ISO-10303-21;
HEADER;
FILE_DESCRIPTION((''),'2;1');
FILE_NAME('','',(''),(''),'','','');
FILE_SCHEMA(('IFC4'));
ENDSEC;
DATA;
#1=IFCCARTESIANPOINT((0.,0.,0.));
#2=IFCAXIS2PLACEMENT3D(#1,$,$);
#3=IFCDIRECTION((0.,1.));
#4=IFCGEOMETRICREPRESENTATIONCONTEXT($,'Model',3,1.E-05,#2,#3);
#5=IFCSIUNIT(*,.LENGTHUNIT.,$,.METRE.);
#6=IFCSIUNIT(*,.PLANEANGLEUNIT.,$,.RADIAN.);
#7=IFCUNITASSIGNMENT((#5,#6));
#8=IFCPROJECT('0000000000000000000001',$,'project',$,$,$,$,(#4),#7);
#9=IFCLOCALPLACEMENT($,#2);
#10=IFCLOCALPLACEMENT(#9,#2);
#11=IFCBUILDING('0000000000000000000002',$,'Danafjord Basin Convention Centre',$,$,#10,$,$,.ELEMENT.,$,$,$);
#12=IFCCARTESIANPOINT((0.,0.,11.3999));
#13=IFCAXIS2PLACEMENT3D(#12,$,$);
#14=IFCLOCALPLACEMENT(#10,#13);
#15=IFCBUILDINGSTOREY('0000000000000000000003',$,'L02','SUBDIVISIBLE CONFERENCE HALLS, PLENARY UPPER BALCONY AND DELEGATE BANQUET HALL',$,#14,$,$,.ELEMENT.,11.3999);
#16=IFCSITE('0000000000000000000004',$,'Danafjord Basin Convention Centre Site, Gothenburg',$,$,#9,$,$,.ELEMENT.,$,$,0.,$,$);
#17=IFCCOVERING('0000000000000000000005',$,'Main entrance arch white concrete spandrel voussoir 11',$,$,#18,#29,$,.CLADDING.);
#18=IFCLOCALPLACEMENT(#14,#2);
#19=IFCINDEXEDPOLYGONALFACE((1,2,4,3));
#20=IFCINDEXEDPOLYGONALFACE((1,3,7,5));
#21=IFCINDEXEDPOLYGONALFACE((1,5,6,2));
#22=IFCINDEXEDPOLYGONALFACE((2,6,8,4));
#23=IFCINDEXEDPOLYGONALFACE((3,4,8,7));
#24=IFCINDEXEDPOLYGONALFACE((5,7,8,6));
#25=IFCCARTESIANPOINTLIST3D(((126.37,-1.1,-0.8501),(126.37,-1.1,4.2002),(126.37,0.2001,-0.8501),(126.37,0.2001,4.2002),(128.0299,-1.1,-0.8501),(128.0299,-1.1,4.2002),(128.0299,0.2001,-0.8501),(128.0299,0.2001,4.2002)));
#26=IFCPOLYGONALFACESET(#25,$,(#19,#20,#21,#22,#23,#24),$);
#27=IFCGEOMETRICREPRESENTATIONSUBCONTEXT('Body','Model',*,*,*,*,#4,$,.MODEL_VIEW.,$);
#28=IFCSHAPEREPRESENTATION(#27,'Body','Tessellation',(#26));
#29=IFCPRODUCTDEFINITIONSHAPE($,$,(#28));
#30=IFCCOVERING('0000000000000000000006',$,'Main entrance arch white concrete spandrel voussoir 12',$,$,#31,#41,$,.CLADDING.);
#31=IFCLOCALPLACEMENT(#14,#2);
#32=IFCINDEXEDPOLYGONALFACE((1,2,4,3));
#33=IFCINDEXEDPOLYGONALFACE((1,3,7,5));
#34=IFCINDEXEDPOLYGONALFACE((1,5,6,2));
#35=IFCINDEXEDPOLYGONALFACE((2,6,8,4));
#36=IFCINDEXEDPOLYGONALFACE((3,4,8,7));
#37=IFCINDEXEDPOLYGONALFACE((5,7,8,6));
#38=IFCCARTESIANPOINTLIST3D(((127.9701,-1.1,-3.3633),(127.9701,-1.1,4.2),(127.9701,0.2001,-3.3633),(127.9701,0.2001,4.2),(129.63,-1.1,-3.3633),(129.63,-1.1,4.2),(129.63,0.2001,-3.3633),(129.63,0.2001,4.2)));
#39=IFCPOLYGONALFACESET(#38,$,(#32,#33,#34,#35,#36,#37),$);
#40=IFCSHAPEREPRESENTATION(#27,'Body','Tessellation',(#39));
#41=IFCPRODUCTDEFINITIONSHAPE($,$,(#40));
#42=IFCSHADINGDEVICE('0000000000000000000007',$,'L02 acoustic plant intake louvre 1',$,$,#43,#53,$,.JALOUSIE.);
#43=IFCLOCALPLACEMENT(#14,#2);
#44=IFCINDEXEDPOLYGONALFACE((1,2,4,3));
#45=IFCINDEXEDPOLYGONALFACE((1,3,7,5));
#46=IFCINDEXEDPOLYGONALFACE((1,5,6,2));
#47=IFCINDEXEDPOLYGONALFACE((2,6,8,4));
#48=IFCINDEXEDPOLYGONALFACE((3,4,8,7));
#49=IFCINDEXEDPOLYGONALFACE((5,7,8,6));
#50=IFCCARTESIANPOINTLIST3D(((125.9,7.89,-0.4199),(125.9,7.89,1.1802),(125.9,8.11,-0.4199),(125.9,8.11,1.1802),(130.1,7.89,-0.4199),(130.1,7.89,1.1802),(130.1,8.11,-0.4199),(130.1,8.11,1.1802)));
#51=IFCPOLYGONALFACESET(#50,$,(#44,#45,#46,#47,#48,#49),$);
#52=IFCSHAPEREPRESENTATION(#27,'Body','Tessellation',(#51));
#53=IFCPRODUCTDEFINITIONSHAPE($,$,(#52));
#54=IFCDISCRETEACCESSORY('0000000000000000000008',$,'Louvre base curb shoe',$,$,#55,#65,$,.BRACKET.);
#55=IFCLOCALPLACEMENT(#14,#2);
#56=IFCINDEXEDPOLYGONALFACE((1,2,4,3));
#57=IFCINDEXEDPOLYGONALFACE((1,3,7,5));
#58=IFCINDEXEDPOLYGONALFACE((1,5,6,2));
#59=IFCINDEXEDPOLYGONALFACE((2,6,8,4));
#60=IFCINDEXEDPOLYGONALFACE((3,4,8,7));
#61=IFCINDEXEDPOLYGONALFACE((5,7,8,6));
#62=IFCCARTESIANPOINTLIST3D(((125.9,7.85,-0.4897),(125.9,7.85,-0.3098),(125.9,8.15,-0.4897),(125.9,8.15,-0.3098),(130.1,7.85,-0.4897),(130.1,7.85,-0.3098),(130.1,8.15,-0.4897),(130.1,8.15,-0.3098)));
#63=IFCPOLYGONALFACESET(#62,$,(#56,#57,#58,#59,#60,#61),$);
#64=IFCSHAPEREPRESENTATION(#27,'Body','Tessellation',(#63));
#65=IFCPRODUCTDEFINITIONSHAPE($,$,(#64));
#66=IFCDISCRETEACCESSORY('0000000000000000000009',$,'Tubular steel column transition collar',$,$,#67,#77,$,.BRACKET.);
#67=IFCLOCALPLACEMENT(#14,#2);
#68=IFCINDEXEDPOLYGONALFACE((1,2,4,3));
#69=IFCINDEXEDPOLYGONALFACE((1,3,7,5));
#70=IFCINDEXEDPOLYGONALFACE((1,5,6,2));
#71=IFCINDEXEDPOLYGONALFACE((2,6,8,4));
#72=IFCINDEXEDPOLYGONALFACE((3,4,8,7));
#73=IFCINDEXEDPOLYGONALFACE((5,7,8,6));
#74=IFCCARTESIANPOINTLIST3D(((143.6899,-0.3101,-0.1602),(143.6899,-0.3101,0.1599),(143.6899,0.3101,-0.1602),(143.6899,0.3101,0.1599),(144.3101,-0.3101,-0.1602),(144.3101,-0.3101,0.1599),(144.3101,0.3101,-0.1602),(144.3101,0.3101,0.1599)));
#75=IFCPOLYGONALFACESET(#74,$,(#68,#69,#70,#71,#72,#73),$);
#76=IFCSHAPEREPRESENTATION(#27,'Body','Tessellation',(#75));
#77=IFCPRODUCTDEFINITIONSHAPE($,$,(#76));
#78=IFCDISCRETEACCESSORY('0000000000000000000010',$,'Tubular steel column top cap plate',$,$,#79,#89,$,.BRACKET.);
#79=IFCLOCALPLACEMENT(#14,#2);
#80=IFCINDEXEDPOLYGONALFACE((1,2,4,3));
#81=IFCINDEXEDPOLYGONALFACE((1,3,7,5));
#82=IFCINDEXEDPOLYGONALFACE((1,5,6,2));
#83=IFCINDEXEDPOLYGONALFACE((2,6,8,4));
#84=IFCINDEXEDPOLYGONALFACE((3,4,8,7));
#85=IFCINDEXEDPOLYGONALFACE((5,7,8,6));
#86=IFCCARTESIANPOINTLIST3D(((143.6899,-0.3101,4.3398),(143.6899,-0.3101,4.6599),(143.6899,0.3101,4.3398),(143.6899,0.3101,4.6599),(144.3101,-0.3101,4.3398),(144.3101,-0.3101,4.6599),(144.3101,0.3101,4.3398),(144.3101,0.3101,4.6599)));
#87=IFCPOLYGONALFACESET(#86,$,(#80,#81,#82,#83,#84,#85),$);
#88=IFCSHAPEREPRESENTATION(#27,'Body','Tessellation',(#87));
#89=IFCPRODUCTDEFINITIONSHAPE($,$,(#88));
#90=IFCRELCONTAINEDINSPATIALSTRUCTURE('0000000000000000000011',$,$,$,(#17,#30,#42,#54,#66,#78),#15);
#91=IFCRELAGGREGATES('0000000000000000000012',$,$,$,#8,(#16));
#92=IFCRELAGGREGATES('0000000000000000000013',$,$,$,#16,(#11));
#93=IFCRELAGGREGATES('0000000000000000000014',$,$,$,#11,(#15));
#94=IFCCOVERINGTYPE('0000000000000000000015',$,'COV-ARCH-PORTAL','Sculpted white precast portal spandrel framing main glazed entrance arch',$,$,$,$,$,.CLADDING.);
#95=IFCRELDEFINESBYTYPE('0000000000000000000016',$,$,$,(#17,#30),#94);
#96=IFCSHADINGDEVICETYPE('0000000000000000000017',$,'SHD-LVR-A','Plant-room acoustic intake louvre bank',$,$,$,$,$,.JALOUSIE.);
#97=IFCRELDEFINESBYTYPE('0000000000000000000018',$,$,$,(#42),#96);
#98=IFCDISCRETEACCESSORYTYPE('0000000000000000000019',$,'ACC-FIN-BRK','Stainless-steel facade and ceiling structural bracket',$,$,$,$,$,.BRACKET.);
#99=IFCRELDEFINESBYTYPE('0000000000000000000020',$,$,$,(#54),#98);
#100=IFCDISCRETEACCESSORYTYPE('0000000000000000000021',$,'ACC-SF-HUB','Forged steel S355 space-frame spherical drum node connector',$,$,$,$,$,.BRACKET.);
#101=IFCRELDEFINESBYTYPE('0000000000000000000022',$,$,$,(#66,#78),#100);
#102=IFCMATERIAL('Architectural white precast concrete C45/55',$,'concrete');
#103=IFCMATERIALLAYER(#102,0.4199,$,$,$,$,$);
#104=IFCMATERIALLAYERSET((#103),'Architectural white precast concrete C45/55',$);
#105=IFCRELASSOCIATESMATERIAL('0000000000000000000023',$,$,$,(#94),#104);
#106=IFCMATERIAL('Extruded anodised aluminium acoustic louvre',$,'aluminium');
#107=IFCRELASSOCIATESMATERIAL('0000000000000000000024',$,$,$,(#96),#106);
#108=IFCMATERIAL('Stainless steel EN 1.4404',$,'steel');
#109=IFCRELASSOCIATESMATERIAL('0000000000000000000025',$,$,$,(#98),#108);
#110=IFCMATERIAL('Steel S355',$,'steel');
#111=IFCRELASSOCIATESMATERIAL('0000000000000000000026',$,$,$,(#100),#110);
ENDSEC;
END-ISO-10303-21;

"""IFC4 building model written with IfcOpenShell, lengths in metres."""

from ifc_helpers import new_model, si_unit, direction, frame, origin, origin_2d, place, context, subcontext, project, spatial, rectangle, extrude, material, layer, layer_set, type_object, element, save


model = new_model("IFC4")

# Units and contexts
model_context = context("Model", 3, precision=1e-05, world=origin(), true_north=direction((0.0, 1.0)))
body_context = subcontext(model_context, "Body", "Model", "MODEL_VIEW")
ifc_project = project(units=[si_unit("LENGTHUNIT", "METRE"), si_unit("PLANEANGLEUNIT", "RADIAN")], contexts=[model_context])

# Site, building, storey
site_placement = place(None, origin())
site = spatial("IfcSite", under=ifc_project, at=site_placement, Name="Danafjord Basin Convention Centre Site, Gothenburg", CompositionType="ELEMENT", RefElevation=0.0)
building_placement = place(site_placement, origin())
building = spatial("IfcBuilding", under=site, at=building_placement, Name="Danafjord Basin Convention Centre", CompositionType="ELEMENT")
storey_placement = place(building_placement, frame((0.0, 0.0, 11.3999)))
storey = spatial("IfcBuildingStorey", under=building, at=storey_placement, Name="L02", Description="SUBDIVISIBLE CONFERENCE HALLS, PLENARY UPPER BALCONY AND DELEGATE BANQUET HALL", CompositionType="ELEMENT", Elevation=11.3999)

# Shared definitions
ifc_material_1 = material(Name="Steel S355", Category="steel")

# Coverings
ifc_material_2 = material(Name="Architectural white precast concrete C45/55", Category="concrete")
ifc_layer = layer(ifc_material_2, 0.4199)
ifc_layer_set = layer_set([ifc_layer], Name="Architectural white precast concrete C45/55")
covering_type = type_object("IfcCoveringType", Name="COV-ARCH-PORTAL", Description="Sculpted white precast portal spandrel framing main glazed entrance arch", PredefinedType="CLADDING", material=ifc_layer_set)
covering_1_placement = place(storey_placement, frame((127.2, -0.45, -0.8501), z_axis=(0.0, 0.0, 1.0), x_axis=(1.0, 0.0, 0.0)))
element("IfcCovering", 1, at=covering_1_placement, inside=storey, type_object=covering_type, Name="Main entrance arch white concrete spandrel voussoir 11", PredefinedType="CLADDING", context=body_context, shape_type="SweptSolid", body=[
    extrude(rectangle(XDim=1.6599, YDim=1.3, at=origin_2d()), origin(), (0.0, 0.0, 1.0), 5.0503),
])
covering_2_placement = place(storey_placement, frame((128.8, -0.45, -3.3633), z_axis=(0.0, 0.0, 1.0), x_axis=(1.0, 0.0, 0.0)))
element("IfcCovering", 2, at=covering_2_placement, inside=storey, type_object=covering_type, Name="Main entrance arch white concrete spandrel voussoir 12", PredefinedType="CLADDING", context=body_context, shape_type="SweptSolid", body=[
    extrude(rectangle(XDim=1.6599, YDim=1.3, at=origin_2d()), origin(), (0.0, 0.0, 1.0), 7.5632),
])

# Shading device
ifc_material_3 = material(Name="Extruded anodised aluminium acoustic louvre", Category="aluminium")
shading_device_type = type_object("IfcShadingDeviceType", Name="SHD-LVR-A", Description="Plant-room acoustic intake louvre bank", PredefinedType="JALOUSIE", material=ifc_material_3)
shading_device_placement = place(storey_placement, frame((128.0, 8.0, -0.4199), z_axis=(0.0, 0.0, 1.0), x_axis=(1.0, 0.0, 0.0)))
element("IfcShadingDevice", 3, at=shading_device_placement, inside=storey, type_object=shading_device_type, Name="L02 acoustic plant intake louvre 1", PredefinedType="JALOUSIE", context=body_context, shape_type="SweptSolid", body=[
    extrude(rectangle(XDim=4.2, YDim=0.22, at=origin_2d()), origin(), (0.0, 0.0, 1.0), 1.6001),
])

# Discrete accessories
ifc_material_4 = material(Name="Stainless steel EN 1.4404", Category="steel")
discrete_accessory_type_1 = type_object("IfcDiscreteAccessoryType", Name="ACC-FIN-BRK", Description="Stainless-steel facade and ceiling structural bracket", PredefinedType="BRACKET", material=ifc_material_4)
discrete_accessory_placement = place(storey_placement, frame((128.0, 8.0, -0.4897), z_axis=(0.0, 0.0, 1.0), x_axis=(1.0, 0.0, 0.0)))
element("IfcDiscreteAccessory", 4, at=discrete_accessory_placement, inside=storey, type_object=discrete_accessory_type_1, Name="Louvre base curb shoe", PredefinedType="BRACKET", context=body_context, shape_type="SweptSolid", body=[
    extrude(rectangle(XDim=4.2, YDim=0.3, at=origin_2d()), origin(), (0.0, 0.0, 1.0), 0.1799),
])
discrete_accessory_type_2 = type_object("IfcDiscreteAccessoryType", Name="ACC-SF-HUB", Description="Forged steel S355 space-frame spherical drum node connector", PredefinedType="BRACKET", material=ifc_material_1)
for number, where, z_axis, x_axis, name in (
    (5, (144.0, 0.0, -0.1602), (0.0, 0.0, 1.0), (1.0, 0.0, 0.0), "Tubular steel column transition collar"),
    (6, (144.0, 0.0, 4.3398), (0.0, 0.0, 1.0), (1.0, 0.0, 0.0), "Tubular steel column top cap plate"),
):
    element("IfcDiscreteAccessory", number, at=place(storey_placement, frame(where, z_axis=z_axis, x_axis=x_axis)), inside=storey, type_object=discrete_accessory_type_2, Name=name, PredefinedType="BRACKET", context=body_context, shape_type="SweptSolid", body=[
        extrude(rectangle(XDim=0.6201, YDim=0.6201, at=origin_2d()), origin(), (0.0, 0.0, 1.0), 0.3201),
    ])

save(model, "model.ifc")
